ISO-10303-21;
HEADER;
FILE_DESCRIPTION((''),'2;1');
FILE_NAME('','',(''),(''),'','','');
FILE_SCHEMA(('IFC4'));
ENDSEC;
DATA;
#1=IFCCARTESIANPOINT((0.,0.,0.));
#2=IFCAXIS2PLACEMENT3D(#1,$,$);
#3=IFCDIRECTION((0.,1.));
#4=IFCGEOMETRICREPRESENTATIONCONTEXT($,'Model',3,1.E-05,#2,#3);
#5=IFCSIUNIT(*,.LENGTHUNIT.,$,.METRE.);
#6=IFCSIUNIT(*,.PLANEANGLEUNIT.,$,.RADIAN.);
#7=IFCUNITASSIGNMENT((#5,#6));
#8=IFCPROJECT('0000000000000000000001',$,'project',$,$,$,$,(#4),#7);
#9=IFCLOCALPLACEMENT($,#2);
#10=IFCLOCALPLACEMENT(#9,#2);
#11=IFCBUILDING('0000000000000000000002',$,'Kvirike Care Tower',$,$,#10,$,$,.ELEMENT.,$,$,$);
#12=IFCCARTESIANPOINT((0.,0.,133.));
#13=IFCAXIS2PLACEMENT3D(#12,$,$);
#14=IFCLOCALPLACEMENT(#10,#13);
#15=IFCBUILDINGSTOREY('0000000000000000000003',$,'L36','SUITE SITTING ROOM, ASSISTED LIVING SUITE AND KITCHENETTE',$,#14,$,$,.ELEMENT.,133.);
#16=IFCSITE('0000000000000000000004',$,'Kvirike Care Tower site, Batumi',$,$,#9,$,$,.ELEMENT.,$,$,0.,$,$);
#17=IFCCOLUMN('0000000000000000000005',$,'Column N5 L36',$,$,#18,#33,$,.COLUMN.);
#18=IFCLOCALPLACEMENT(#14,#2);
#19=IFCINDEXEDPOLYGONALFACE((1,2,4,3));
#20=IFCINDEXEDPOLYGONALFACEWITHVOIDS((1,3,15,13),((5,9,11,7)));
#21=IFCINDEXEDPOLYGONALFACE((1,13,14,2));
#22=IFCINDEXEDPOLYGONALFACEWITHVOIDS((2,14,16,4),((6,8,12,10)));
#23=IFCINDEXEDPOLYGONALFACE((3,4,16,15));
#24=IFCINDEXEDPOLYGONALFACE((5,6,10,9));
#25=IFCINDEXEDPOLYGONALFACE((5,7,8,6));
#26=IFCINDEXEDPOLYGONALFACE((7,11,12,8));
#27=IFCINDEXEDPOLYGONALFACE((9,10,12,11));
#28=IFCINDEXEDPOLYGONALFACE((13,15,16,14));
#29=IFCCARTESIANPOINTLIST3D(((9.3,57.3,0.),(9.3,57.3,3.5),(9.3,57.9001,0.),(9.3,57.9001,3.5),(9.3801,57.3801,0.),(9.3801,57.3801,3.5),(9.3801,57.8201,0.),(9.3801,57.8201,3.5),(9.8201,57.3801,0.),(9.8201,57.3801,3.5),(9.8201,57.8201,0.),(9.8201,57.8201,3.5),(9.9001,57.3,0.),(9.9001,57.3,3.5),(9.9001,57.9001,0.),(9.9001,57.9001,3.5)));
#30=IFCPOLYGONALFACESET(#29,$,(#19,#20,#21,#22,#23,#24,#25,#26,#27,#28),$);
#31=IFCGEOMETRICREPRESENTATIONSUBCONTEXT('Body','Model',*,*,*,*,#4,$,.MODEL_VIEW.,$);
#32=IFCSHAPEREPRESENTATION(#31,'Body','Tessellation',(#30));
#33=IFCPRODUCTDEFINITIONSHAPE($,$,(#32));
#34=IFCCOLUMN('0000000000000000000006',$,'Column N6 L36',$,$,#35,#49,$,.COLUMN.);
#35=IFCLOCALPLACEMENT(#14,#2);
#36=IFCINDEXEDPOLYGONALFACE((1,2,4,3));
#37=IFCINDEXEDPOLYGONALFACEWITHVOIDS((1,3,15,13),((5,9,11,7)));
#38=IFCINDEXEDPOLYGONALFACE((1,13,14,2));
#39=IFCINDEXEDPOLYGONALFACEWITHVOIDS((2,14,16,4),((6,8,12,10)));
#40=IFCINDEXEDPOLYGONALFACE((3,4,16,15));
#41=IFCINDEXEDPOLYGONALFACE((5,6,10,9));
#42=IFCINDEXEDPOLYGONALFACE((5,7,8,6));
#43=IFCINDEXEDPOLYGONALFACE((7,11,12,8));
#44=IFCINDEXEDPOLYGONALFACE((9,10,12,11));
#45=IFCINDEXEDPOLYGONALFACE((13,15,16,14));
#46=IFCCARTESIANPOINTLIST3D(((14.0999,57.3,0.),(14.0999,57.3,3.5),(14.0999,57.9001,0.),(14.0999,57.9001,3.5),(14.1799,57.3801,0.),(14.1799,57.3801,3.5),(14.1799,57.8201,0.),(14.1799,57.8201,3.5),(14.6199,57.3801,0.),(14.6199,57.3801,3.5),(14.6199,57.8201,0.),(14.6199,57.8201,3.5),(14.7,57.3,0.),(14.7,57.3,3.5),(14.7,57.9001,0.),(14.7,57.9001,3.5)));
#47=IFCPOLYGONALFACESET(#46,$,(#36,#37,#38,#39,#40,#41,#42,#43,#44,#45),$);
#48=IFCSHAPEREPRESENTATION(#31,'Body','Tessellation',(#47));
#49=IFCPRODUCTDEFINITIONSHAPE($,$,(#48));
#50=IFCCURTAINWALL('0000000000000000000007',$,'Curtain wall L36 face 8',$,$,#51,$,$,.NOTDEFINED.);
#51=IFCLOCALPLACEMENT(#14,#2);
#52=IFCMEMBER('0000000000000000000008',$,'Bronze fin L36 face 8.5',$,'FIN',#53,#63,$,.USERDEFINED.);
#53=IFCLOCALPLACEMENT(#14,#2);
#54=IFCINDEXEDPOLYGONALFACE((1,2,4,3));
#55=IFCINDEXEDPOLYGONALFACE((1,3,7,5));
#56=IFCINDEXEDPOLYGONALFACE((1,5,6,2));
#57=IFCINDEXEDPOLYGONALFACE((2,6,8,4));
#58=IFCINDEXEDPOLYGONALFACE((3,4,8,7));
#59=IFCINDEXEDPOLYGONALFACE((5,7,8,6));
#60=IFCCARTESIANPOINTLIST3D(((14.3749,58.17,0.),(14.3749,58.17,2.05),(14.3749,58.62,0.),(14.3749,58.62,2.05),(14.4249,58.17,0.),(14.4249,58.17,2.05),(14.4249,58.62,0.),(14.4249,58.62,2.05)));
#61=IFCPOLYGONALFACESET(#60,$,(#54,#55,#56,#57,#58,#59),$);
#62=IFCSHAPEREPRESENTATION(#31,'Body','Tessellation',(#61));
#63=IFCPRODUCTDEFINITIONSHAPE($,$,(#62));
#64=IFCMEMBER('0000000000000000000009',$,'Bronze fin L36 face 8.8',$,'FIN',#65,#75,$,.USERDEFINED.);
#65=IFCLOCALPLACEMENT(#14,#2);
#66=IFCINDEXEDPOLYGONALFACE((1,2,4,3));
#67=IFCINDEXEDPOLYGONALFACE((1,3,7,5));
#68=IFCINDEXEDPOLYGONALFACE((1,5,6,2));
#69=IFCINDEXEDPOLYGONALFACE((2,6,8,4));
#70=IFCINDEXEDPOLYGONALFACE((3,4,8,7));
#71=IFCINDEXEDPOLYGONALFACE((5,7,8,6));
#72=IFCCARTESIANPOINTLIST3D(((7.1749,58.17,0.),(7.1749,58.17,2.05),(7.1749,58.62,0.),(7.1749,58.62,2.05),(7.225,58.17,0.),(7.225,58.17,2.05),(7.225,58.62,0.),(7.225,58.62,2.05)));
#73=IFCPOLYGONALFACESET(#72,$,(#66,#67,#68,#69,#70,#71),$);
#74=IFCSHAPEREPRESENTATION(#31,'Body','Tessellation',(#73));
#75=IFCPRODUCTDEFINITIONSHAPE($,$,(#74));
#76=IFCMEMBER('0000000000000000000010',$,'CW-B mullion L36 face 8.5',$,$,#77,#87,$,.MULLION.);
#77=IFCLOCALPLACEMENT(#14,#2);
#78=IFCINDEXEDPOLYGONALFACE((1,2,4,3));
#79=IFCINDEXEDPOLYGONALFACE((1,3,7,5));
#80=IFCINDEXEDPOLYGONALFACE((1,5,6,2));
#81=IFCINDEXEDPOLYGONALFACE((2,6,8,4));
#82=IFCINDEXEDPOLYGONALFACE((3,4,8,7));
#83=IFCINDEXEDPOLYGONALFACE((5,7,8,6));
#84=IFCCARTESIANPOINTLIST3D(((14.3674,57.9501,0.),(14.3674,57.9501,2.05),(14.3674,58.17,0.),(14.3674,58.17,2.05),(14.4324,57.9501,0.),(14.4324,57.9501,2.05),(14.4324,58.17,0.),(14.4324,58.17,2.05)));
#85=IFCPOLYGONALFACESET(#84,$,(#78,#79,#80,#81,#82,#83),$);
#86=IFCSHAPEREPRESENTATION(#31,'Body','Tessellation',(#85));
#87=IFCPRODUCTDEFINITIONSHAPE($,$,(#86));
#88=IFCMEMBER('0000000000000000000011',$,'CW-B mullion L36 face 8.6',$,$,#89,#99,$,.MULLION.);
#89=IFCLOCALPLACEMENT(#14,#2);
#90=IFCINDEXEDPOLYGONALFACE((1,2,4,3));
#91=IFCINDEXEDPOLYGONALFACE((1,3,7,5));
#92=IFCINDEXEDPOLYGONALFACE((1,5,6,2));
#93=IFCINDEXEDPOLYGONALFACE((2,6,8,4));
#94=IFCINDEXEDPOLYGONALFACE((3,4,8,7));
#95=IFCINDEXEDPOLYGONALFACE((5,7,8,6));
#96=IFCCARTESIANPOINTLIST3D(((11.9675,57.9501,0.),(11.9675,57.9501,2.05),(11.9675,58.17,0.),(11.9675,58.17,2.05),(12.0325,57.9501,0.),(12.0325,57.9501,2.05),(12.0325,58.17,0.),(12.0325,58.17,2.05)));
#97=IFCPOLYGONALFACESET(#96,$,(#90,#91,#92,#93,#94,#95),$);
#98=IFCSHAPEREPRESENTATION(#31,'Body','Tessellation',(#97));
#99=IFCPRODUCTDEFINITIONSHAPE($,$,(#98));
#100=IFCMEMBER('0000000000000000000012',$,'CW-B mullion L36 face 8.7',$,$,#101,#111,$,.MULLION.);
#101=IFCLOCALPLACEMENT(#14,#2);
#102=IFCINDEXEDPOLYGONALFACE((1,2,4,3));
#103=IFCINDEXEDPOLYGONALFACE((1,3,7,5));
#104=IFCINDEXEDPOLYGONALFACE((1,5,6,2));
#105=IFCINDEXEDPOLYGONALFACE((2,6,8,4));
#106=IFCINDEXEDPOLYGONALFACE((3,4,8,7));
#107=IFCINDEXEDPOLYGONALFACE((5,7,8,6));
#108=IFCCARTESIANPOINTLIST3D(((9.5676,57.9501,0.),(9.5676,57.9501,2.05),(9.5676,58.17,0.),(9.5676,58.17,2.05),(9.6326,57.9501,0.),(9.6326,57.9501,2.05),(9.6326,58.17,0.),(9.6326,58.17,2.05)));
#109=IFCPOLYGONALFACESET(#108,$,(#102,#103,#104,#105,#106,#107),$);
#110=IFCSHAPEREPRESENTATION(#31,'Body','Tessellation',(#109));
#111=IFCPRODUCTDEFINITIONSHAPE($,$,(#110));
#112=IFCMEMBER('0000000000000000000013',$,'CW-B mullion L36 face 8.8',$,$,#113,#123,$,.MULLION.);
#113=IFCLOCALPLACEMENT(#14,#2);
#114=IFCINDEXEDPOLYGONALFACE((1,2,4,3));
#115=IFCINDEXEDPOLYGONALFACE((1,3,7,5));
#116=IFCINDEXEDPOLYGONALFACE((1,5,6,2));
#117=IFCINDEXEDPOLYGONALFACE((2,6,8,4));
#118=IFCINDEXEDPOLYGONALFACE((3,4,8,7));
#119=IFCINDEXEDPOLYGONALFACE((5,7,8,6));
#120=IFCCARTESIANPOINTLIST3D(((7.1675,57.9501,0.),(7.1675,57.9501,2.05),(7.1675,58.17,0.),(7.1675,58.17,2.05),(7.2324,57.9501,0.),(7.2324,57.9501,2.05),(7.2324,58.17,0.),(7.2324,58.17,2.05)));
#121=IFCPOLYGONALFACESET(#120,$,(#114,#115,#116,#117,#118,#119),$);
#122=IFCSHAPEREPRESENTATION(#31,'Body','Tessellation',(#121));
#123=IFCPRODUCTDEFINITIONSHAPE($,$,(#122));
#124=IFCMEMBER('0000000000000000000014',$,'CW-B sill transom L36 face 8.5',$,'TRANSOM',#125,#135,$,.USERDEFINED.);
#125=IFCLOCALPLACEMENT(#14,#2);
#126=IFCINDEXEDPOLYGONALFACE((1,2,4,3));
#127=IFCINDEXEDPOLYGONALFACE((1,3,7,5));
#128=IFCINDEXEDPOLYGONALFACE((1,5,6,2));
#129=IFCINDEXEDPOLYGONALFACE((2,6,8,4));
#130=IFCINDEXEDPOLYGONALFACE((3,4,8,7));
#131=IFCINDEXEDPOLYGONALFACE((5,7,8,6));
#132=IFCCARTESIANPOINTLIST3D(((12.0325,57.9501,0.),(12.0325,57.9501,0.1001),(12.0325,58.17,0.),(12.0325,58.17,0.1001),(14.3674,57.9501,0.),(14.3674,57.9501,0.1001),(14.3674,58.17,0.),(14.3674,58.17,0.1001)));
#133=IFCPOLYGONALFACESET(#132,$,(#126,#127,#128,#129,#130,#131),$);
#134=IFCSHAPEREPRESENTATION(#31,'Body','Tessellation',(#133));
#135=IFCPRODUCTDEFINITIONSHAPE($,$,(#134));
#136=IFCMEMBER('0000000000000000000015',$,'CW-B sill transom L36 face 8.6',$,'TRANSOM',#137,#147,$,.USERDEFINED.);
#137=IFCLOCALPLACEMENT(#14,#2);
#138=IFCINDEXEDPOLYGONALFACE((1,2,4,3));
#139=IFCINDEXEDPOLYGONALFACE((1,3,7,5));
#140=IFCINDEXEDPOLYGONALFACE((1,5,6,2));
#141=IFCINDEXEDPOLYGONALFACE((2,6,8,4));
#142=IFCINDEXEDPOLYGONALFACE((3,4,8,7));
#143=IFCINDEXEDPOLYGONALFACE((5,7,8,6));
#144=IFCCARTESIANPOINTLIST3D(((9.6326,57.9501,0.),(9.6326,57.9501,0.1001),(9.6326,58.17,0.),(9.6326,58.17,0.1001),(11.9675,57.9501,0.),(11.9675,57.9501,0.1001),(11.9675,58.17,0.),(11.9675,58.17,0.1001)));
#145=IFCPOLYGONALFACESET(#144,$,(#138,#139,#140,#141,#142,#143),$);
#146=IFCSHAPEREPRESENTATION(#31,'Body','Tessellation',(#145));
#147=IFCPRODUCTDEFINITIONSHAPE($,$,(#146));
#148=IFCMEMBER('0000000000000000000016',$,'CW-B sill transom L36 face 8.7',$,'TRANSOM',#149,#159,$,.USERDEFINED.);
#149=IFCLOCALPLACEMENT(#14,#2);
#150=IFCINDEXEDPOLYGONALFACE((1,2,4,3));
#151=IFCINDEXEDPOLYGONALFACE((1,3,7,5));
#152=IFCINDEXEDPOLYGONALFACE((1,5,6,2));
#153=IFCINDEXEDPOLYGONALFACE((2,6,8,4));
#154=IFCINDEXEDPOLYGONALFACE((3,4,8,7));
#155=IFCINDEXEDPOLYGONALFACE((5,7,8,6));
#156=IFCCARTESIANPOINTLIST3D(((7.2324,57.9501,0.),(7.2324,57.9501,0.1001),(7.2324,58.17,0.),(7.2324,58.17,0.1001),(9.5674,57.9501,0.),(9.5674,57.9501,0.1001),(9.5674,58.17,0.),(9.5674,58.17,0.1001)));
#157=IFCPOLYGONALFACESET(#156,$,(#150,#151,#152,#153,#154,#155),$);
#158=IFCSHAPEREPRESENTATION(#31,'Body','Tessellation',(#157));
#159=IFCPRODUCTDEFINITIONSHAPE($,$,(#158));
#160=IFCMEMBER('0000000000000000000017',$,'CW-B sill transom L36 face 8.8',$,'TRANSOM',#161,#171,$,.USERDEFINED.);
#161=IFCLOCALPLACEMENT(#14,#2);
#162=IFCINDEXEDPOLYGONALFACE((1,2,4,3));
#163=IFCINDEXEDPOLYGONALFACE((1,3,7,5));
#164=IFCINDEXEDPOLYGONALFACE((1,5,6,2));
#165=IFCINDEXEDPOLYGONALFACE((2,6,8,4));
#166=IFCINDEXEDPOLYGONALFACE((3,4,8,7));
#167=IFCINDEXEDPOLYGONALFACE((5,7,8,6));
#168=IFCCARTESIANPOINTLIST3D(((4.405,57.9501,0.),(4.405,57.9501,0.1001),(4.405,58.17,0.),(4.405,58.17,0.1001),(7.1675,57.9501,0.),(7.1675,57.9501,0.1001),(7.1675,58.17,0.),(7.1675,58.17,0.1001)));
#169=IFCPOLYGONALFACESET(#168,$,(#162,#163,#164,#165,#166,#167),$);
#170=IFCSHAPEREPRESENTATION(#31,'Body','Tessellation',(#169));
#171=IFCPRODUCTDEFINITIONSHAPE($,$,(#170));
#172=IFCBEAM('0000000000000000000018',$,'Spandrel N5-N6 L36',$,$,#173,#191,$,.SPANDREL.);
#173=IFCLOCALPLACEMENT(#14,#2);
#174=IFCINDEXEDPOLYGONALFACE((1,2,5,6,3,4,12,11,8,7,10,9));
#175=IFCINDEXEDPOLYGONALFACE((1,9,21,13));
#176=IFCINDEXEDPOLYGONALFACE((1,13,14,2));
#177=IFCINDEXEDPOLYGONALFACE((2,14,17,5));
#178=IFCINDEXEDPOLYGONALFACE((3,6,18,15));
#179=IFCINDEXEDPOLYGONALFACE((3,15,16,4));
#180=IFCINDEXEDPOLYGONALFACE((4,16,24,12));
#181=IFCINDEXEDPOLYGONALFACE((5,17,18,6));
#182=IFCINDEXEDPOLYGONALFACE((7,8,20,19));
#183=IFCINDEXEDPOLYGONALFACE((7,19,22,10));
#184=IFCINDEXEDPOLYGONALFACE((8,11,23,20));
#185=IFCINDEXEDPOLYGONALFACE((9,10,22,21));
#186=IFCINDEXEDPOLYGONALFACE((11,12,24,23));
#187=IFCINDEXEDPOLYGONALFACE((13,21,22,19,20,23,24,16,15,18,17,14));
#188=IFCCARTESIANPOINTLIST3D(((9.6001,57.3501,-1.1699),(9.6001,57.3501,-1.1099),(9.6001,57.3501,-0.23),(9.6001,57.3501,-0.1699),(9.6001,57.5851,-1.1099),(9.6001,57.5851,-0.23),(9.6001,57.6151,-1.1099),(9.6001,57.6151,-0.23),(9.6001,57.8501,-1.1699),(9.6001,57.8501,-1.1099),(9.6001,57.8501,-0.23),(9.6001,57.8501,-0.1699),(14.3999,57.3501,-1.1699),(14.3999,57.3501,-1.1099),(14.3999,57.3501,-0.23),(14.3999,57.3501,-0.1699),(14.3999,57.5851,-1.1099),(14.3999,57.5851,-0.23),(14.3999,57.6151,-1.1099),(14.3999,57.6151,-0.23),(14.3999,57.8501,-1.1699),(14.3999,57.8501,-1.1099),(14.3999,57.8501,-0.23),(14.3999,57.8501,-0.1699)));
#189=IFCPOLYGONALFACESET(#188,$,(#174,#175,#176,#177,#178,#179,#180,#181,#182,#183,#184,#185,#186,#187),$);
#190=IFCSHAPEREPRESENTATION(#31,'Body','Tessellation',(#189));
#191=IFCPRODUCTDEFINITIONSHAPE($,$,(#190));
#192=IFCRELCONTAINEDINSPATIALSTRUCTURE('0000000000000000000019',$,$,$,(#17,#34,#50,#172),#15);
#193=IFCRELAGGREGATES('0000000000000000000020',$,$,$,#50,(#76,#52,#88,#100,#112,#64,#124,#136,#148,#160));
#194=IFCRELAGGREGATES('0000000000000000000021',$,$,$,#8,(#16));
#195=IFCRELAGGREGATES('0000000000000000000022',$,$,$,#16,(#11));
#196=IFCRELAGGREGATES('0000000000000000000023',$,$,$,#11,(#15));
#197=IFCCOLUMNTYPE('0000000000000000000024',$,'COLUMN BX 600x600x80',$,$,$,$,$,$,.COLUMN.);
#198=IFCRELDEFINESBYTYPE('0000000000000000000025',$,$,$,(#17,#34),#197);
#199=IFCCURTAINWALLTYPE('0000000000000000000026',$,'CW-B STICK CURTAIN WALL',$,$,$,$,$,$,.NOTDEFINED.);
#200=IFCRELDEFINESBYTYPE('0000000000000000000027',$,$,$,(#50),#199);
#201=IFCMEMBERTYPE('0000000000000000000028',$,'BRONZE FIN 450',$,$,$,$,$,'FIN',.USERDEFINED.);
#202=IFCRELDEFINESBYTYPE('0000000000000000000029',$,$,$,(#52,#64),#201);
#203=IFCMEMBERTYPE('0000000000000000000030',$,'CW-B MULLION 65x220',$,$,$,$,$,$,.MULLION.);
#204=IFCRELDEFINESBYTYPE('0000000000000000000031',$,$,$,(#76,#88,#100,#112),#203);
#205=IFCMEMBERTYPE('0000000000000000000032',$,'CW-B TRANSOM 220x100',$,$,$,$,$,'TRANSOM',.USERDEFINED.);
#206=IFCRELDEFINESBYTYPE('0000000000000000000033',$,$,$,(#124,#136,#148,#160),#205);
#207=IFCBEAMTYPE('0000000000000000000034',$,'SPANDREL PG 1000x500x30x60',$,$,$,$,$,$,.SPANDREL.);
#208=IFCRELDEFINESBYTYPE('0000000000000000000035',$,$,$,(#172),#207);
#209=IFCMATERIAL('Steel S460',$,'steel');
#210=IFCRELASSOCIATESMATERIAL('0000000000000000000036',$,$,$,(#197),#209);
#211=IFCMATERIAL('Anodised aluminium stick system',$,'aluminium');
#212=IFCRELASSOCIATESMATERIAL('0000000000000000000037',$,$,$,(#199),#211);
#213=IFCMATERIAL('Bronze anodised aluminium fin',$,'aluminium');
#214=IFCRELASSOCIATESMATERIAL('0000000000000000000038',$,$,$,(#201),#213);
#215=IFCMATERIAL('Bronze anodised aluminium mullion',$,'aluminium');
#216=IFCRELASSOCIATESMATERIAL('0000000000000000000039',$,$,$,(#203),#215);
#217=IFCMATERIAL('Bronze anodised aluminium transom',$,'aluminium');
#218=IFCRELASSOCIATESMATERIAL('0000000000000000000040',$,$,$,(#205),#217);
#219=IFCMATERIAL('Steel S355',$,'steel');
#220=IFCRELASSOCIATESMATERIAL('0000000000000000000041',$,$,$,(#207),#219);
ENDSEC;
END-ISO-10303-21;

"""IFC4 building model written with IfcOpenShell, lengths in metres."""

from ifc_helpers import new_model, si_unit, direction, frame, origin, origin_2d, place, context, subcontext, project, spatial, rectangle, hollow_rectangle, i_section, extrude, material, material_profile, profile_set, type_object, element, aggregate, save


model = new_model("IFC4")

# Units and contexts
model_context = context("Model", 3, precision=1e-05, world=origin(), true_north=direction((0.0, 1.0)))
body_context = subcontext(model_context, "Body", "Model", "MODEL_VIEW")
ifc_project = project(units=[si_unit("LENGTHUNIT", "METRE"), si_unit("PLANEANGLEUNIT", "RADIAN")], contexts=[model_context])

# Site, building, storey
site_placement = place(None, origin())
site = spatial("IfcSite", under=ifc_project, at=site_placement, Name="Kvirike Care Tower site, Batumi", CompositionType="ELEMENT", RefElevation=0.0)
building_placement = place(site_placement, origin())
building = spatial("IfcBuilding", under=site, at=building_placement, Name="Kvirike Care Tower", CompositionType="ELEMENT")
storey_placement = place(building_placement, frame((0.0, 0.0, 133.0)))
storey = spatial("IfcBuildingStorey", under=building, at=storey_placement, Name="L36", Description="SUITE SITTING ROOM, ASSISTED LIVING SUITE AND KITCHENETTE", CompositionType="ELEMENT", Elevation=133.0)

# Columns
ifc_material_1 = material(Name="Steel S460", Category="steel")
ifc_material_profile_1 = material_profile(ifc_material_1, hollow_rectangle(XDim=0.6001, YDim=0.6001, WallThickness=0.0801, at=origin_2d()), Name="BX 600x600x80")
ifc_profile_set_1 = profile_set([ifc_material_profile_1], Name="Steel S460")
column_type = type_object("IfcColumnType", Name="COLUMN BX 600x600x80", PredefinedType="COLUMN", material=ifc_profile_set_1)
for number, where, z_axis, x_axis, name in (
    (1, (9.6001, 57.6001, 0.0), (0.0, 0.0, 1.0), (0.0, 1.0, 0.0), "Column N5 L36"),
    (2, (14.3999, 57.6001, 0.0), (0.0, 0.0, 1.0), (0.0, 1.0, 0.0), "Column N6 L36"),
):
    element("IfcColumn", number, at=place(storey_placement, frame(where, z_axis=z_axis, x_axis=x_axis)), inside=storey, type_object=column_type, Name=name, PredefinedType="COLUMN", context=body_context, shape_type="SweptSolid", body=[
        extrude(hollow_rectangle(XDim=0.6001, YDim=0.6001, WallThickness=0.0801, at=origin_2d()), origin(), (0.0, 0.0, 1.0), 3.5),
    ])

# Curtain wall, members
ifc_material_2 = material(Name="Anodised aluminium stick system", Category="aluminium")
curtain_wall_type = type_object("IfcCurtainWallType", Name="CW-B STICK CURTAIN WALL", PredefinedType="NOTDEFINED", material=ifc_material_2)
curtain_wall_placement = place(storey_placement, origin())
curtain_wall = element("IfcCurtainWall", 3, at=curtain_wall_placement, inside=storey, type_object=curtain_wall_type, Name="Curtain wall L36 face 8", PredefinedType="NOTDEFINED")
ifc_material_3 = material(Name="Bronze anodised aluminium fin", Category="aluminium")
ifc_material_profile_2 = material_profile(ifc_material_3, rectangle(XDim=0.05, YDim=0.45, at=origin_2d()), Name="BRONZE FIN 450")
ifc_profile_set_2 = profile_set([ifc_material_profile_2], Name="Bronze anodised aluminium fin")
member_type_1 = type_object("IfcMemberType", Name="BRONZE FIN 450", ElementType="FIN", PredefinedType="USERDEFINED", material=ifc_profile_set_2)
member_1_placement = place(storey_placement, frame((14.3999, 58.395, 0.0), z_axis=(0.0, 0.0, 1.0), x_axis=(-1.0, 0.0, 0.0)))
member_1 = element("IfcMember", 4, at=member_1_placement, type_object=member_type_1, Name="Bronze fin L36 face 8.5", ObjectType="FIN", PredefinedType="USERDEFINED", context=body_context, shape_type="SweptSolid", body=[
    extrude(rectangle(XDim=0.05, YDim=0.45, at=origin_2d()), origin(), (0.0, 0.0, 1.0), 2.05),
])
member_2_placement = place(storey_placement, frame((7.2, 58.395, 0.0), z_axis=(0.0, 0.0, 1.0), x_axis=(-1.0, 0.0, 0.0)))
member_2 = element("IfcMember", 5, at=member_2_placement, type_object=member_type_1, Name="Bronze fin L36 face 8.8", ObjectType="FIN", PredefinedType="USERDEFINED", context=body_context, shape_type="SweptSolid", body=[
    extrude(rectangle(XDim=0.05, YDim=0.45, at=origin_2d()), origin(), (0.0, 0.0, 1.0), 2.05),
])
ifc_material_4 = material(Name="Bronze anodised aluminium mullion", Category="aluminium")
ifc_material_profile_3 = material_profile(ifc_material_4, rectangle(XDim=0.0649, YDim=0.22, at=origin_2d()), Name="CW-B MULLION 65x220")
ifc_profile_set_3 = profile_set([ifc_material_profile_3], Name="Bronze anodised aluminium mullion")
member_type_2 = type_object("IfcMemberType", Name="CW-B MULLION 65x220", PredefinedType="MULLION", material=ifc_profile_set_3)
member_3_placement = place(storey_placement, frame((14.3999, 58.0601, 0.0), z_axis=(0.0, 0.0, 1.0), x_axis=(-1.0, 0.0, 0.0)))
member_3 = element("IfcMember", 6, at=member_3_placement, type_object=member_type_2, Name="CW-B mullion L36 face 8.5", PredefinedType="MULLION", context=body_context, shape_type="SweptSolid", body=[
    extrude(rectangle(XDim=0.0649, YDim=0.22, at=origin_2d()), origin(), (0.0, 0.0, 1.0), 2.05),
])
member_4_placement = place(storey_placement, frame((12.0, 58.0601, 0.0), z_axis=(0.0, 0.0, 1.0), x_axis=(-1.0, 0.0, 0.0)))
member_4 = element("IfcMember", 7, at=member_4_placement, type_object=member_type_2, Name="CW-B mullion L36 face 8.6", PredefinedType="MULLION", context=body_context, shape_type="SweptSolid", body=[
    extrude(rectangle(XDim=0.0649, YDim=0.22, at=origin_2d()), origin(), (0.0, 0.0, 1.0), 2.05),
])
member_5_placement = place(storey_placement, frame((9.6001, 58.0601, 0.0), z_axis=(0.0, 0.0, 1.0), x_axis=(-1.0, 0.0, 0.0)))
member_5 = element("IfcMember", 8, at=member_5_placement, type_object=member_type_2, Name="CW-B mullion L36 face 8.7", PredefinedType="MULLION", context=body_context, shape_type="SweptSolid", body=[
    extrude(rectangle(XDim=0.0649, YDim=0.22, at=origin_2d()), origin(), (0.0, 0.0, 1.0), 2.05),
])
member_6_placement = place(storey_placement, frame((7.2, 58.0601, 0.0), z_axis=(0.0, 0.0, 1.0), x_axis=(-1.0, 0.0, 0.0)))
member_6 = element("IfcMember", 9, at=member_6_placement, type_object=member_type_2, Name="CW-B mullion L36 face 8.8", PredefinedType="MULLION", context=body_context, shape_type="SweptSolid", body=[
    extrude(rectangle(XDim=0.0649, YDim=0.22, at=origin_2d()), origin(), (0.0, 0.0, 1.0), 2.05),
])
ifc_material_5 = material(Name="Bronze anodised aluminium transom", Category="aluminium")
ifc_material_profile_4 = material_profile(ifc_material_5, rectangle(XDim=0.22, YDim=0.1001, at=origin_2d()), Name="CW-B TRANSOM 220x100")
ifc_profile_set_4 = profile_set([ifc_material_profile_4], Name="Bronze anodised aluminium transom")
member_type_3 = type_object("IfcMemberType", Name="CW-B TRANSOM 220x100", ElementType="TRANSOM", PredefinedType="USERDEFINED", material=ifc_profile_set_4)
member_7_placement = place(storey_placement, frame((14.3674, 58.0601, 0.05), z_axis=(-1.0, 0.0, 0.0), x_axis=(0.0, -1.0, 0.0)))
member_7 = element("IfcMember", 10, at=member_7_placement, type_object=member_type_3, Name="CW-B sill transom L36 face 8.5", ObjectType="TRANSOM", PredefinedType="USERDEFINED", context=body_context, shape_type="SweptSolid", body=[
    extrude(rectangle(XDim=0.22, YDim=0.1001, at=origin_2d()), origin(), (0.0, 0.0, 1.0), 2.335),
])
member_8_placement = place(storey_placement, frame((11.9675, 58.0601, 0.05), z_axis=(-1.0, 0.0, 0.0), x_axis=(0.0, -1.0, 0.0)))
member_8 = element("IfcMember", 11, at=member_8_placement, type_object=member_type_3, Name="CW-B sill transom L36 face 8.6", ObjectType="TRANSOM", PredefinedType="USERDEFINED", context=body_context, shape_type="SweptSolid", body=[
    extrude(rectangle(XDim=0.22, YDim=0.1001, at=origin_2d()), origin(), (0.0, 0.0, 1.0), 2.335),
])
member_9_placement = place(storey_placement, frame((9.5674, 58.0601, 0.05), z_axis=(-1.0, 0.0, 0.0), x_axis=(0.0, -1.0, 0.0)))
member_9 = element("IfcMember", 12, at=member_9_placement, type_object=member_type_3, Name="CW-B sill transom L36 face 8.7", ObjectType="TRANSOM", PredefinedType="USERDEFINED", context=body_context, shape_type="SweptSolid", body=[
    extrude(rectangle(XDim=0.22, YDim=0.1001, at=origin_2d()), origin(), (0.0, 0.0, 1.0), 2.335),
])
member_10_placement = place(storey_placement, frame((7.1675, 58.0601, 0.05), z_axis=(-1.0, 0.0, 0.0), x_axis=(0.0, -1.0, 0.0)))
member_10 = element("IfcMember", 13, at=member_10_placement, type_object=member_type_3, Name="CW-B sill transom L36 face 8.8", ObjectType="TRANSOM", PredefinedType="USERDEFINED", context=body_context, shape_type="SweptSolid", body=[
    extrude(rectangle(XDim=0.22, YDim=0.1001, at=origin_2d()), origin(), (0.0, 0.0, 1.0), 2.7625),
])

# Beam
ifc_material_6 = material(Name="Steel S355", Category="steel")
ifc_material_profile_5 = material_profile(ifc_material_6, i_section(OverallWidth=0.5, OverallDepth=1.0, WebThickness=0.03, FlangeThickness=0.0601, at=origin_2d()), Name="PG 1000x500x30x60")
ifc_profile_set_5 = profile_set([ifc_material_profile_5], Name="Steel S355")
beam_type = type_object("IfcBeamType", Name="SPANDREL PG 1000x500x30x60", PredefinedType="SPANDREL", material=ifc_profile_set_5)
beam_1_placement = place(storey_placement, frame((9.6001, 57.6001, -0.6699), z_axis=(1.0, 0.0, 0.0), x_axis=(0.0, 1.0, 0.0)))
element("IfcBeam", 14, at=beam_1_placement, inside=storey, type_object=beam_type, Name="Spandrel N5-N6 L36", PredefinedType="SPANDREL", context=body_context, shape_type="SweptSolid", body=[
    extrude(i_section(OverallWidth=0.5, OverallDepth=1.0, WebThickness=0.03, FlangeThickness=0.0601, at=origin_2d()), origin(), (0.0, 0.0, 1.0), 4.7998),
])

aggregate(curtain_wall, [member_3, member_1, member_4, member_5, member_6, member_2, member_7, member_8, member_9, member_10])

save(model, "model.ifc")
